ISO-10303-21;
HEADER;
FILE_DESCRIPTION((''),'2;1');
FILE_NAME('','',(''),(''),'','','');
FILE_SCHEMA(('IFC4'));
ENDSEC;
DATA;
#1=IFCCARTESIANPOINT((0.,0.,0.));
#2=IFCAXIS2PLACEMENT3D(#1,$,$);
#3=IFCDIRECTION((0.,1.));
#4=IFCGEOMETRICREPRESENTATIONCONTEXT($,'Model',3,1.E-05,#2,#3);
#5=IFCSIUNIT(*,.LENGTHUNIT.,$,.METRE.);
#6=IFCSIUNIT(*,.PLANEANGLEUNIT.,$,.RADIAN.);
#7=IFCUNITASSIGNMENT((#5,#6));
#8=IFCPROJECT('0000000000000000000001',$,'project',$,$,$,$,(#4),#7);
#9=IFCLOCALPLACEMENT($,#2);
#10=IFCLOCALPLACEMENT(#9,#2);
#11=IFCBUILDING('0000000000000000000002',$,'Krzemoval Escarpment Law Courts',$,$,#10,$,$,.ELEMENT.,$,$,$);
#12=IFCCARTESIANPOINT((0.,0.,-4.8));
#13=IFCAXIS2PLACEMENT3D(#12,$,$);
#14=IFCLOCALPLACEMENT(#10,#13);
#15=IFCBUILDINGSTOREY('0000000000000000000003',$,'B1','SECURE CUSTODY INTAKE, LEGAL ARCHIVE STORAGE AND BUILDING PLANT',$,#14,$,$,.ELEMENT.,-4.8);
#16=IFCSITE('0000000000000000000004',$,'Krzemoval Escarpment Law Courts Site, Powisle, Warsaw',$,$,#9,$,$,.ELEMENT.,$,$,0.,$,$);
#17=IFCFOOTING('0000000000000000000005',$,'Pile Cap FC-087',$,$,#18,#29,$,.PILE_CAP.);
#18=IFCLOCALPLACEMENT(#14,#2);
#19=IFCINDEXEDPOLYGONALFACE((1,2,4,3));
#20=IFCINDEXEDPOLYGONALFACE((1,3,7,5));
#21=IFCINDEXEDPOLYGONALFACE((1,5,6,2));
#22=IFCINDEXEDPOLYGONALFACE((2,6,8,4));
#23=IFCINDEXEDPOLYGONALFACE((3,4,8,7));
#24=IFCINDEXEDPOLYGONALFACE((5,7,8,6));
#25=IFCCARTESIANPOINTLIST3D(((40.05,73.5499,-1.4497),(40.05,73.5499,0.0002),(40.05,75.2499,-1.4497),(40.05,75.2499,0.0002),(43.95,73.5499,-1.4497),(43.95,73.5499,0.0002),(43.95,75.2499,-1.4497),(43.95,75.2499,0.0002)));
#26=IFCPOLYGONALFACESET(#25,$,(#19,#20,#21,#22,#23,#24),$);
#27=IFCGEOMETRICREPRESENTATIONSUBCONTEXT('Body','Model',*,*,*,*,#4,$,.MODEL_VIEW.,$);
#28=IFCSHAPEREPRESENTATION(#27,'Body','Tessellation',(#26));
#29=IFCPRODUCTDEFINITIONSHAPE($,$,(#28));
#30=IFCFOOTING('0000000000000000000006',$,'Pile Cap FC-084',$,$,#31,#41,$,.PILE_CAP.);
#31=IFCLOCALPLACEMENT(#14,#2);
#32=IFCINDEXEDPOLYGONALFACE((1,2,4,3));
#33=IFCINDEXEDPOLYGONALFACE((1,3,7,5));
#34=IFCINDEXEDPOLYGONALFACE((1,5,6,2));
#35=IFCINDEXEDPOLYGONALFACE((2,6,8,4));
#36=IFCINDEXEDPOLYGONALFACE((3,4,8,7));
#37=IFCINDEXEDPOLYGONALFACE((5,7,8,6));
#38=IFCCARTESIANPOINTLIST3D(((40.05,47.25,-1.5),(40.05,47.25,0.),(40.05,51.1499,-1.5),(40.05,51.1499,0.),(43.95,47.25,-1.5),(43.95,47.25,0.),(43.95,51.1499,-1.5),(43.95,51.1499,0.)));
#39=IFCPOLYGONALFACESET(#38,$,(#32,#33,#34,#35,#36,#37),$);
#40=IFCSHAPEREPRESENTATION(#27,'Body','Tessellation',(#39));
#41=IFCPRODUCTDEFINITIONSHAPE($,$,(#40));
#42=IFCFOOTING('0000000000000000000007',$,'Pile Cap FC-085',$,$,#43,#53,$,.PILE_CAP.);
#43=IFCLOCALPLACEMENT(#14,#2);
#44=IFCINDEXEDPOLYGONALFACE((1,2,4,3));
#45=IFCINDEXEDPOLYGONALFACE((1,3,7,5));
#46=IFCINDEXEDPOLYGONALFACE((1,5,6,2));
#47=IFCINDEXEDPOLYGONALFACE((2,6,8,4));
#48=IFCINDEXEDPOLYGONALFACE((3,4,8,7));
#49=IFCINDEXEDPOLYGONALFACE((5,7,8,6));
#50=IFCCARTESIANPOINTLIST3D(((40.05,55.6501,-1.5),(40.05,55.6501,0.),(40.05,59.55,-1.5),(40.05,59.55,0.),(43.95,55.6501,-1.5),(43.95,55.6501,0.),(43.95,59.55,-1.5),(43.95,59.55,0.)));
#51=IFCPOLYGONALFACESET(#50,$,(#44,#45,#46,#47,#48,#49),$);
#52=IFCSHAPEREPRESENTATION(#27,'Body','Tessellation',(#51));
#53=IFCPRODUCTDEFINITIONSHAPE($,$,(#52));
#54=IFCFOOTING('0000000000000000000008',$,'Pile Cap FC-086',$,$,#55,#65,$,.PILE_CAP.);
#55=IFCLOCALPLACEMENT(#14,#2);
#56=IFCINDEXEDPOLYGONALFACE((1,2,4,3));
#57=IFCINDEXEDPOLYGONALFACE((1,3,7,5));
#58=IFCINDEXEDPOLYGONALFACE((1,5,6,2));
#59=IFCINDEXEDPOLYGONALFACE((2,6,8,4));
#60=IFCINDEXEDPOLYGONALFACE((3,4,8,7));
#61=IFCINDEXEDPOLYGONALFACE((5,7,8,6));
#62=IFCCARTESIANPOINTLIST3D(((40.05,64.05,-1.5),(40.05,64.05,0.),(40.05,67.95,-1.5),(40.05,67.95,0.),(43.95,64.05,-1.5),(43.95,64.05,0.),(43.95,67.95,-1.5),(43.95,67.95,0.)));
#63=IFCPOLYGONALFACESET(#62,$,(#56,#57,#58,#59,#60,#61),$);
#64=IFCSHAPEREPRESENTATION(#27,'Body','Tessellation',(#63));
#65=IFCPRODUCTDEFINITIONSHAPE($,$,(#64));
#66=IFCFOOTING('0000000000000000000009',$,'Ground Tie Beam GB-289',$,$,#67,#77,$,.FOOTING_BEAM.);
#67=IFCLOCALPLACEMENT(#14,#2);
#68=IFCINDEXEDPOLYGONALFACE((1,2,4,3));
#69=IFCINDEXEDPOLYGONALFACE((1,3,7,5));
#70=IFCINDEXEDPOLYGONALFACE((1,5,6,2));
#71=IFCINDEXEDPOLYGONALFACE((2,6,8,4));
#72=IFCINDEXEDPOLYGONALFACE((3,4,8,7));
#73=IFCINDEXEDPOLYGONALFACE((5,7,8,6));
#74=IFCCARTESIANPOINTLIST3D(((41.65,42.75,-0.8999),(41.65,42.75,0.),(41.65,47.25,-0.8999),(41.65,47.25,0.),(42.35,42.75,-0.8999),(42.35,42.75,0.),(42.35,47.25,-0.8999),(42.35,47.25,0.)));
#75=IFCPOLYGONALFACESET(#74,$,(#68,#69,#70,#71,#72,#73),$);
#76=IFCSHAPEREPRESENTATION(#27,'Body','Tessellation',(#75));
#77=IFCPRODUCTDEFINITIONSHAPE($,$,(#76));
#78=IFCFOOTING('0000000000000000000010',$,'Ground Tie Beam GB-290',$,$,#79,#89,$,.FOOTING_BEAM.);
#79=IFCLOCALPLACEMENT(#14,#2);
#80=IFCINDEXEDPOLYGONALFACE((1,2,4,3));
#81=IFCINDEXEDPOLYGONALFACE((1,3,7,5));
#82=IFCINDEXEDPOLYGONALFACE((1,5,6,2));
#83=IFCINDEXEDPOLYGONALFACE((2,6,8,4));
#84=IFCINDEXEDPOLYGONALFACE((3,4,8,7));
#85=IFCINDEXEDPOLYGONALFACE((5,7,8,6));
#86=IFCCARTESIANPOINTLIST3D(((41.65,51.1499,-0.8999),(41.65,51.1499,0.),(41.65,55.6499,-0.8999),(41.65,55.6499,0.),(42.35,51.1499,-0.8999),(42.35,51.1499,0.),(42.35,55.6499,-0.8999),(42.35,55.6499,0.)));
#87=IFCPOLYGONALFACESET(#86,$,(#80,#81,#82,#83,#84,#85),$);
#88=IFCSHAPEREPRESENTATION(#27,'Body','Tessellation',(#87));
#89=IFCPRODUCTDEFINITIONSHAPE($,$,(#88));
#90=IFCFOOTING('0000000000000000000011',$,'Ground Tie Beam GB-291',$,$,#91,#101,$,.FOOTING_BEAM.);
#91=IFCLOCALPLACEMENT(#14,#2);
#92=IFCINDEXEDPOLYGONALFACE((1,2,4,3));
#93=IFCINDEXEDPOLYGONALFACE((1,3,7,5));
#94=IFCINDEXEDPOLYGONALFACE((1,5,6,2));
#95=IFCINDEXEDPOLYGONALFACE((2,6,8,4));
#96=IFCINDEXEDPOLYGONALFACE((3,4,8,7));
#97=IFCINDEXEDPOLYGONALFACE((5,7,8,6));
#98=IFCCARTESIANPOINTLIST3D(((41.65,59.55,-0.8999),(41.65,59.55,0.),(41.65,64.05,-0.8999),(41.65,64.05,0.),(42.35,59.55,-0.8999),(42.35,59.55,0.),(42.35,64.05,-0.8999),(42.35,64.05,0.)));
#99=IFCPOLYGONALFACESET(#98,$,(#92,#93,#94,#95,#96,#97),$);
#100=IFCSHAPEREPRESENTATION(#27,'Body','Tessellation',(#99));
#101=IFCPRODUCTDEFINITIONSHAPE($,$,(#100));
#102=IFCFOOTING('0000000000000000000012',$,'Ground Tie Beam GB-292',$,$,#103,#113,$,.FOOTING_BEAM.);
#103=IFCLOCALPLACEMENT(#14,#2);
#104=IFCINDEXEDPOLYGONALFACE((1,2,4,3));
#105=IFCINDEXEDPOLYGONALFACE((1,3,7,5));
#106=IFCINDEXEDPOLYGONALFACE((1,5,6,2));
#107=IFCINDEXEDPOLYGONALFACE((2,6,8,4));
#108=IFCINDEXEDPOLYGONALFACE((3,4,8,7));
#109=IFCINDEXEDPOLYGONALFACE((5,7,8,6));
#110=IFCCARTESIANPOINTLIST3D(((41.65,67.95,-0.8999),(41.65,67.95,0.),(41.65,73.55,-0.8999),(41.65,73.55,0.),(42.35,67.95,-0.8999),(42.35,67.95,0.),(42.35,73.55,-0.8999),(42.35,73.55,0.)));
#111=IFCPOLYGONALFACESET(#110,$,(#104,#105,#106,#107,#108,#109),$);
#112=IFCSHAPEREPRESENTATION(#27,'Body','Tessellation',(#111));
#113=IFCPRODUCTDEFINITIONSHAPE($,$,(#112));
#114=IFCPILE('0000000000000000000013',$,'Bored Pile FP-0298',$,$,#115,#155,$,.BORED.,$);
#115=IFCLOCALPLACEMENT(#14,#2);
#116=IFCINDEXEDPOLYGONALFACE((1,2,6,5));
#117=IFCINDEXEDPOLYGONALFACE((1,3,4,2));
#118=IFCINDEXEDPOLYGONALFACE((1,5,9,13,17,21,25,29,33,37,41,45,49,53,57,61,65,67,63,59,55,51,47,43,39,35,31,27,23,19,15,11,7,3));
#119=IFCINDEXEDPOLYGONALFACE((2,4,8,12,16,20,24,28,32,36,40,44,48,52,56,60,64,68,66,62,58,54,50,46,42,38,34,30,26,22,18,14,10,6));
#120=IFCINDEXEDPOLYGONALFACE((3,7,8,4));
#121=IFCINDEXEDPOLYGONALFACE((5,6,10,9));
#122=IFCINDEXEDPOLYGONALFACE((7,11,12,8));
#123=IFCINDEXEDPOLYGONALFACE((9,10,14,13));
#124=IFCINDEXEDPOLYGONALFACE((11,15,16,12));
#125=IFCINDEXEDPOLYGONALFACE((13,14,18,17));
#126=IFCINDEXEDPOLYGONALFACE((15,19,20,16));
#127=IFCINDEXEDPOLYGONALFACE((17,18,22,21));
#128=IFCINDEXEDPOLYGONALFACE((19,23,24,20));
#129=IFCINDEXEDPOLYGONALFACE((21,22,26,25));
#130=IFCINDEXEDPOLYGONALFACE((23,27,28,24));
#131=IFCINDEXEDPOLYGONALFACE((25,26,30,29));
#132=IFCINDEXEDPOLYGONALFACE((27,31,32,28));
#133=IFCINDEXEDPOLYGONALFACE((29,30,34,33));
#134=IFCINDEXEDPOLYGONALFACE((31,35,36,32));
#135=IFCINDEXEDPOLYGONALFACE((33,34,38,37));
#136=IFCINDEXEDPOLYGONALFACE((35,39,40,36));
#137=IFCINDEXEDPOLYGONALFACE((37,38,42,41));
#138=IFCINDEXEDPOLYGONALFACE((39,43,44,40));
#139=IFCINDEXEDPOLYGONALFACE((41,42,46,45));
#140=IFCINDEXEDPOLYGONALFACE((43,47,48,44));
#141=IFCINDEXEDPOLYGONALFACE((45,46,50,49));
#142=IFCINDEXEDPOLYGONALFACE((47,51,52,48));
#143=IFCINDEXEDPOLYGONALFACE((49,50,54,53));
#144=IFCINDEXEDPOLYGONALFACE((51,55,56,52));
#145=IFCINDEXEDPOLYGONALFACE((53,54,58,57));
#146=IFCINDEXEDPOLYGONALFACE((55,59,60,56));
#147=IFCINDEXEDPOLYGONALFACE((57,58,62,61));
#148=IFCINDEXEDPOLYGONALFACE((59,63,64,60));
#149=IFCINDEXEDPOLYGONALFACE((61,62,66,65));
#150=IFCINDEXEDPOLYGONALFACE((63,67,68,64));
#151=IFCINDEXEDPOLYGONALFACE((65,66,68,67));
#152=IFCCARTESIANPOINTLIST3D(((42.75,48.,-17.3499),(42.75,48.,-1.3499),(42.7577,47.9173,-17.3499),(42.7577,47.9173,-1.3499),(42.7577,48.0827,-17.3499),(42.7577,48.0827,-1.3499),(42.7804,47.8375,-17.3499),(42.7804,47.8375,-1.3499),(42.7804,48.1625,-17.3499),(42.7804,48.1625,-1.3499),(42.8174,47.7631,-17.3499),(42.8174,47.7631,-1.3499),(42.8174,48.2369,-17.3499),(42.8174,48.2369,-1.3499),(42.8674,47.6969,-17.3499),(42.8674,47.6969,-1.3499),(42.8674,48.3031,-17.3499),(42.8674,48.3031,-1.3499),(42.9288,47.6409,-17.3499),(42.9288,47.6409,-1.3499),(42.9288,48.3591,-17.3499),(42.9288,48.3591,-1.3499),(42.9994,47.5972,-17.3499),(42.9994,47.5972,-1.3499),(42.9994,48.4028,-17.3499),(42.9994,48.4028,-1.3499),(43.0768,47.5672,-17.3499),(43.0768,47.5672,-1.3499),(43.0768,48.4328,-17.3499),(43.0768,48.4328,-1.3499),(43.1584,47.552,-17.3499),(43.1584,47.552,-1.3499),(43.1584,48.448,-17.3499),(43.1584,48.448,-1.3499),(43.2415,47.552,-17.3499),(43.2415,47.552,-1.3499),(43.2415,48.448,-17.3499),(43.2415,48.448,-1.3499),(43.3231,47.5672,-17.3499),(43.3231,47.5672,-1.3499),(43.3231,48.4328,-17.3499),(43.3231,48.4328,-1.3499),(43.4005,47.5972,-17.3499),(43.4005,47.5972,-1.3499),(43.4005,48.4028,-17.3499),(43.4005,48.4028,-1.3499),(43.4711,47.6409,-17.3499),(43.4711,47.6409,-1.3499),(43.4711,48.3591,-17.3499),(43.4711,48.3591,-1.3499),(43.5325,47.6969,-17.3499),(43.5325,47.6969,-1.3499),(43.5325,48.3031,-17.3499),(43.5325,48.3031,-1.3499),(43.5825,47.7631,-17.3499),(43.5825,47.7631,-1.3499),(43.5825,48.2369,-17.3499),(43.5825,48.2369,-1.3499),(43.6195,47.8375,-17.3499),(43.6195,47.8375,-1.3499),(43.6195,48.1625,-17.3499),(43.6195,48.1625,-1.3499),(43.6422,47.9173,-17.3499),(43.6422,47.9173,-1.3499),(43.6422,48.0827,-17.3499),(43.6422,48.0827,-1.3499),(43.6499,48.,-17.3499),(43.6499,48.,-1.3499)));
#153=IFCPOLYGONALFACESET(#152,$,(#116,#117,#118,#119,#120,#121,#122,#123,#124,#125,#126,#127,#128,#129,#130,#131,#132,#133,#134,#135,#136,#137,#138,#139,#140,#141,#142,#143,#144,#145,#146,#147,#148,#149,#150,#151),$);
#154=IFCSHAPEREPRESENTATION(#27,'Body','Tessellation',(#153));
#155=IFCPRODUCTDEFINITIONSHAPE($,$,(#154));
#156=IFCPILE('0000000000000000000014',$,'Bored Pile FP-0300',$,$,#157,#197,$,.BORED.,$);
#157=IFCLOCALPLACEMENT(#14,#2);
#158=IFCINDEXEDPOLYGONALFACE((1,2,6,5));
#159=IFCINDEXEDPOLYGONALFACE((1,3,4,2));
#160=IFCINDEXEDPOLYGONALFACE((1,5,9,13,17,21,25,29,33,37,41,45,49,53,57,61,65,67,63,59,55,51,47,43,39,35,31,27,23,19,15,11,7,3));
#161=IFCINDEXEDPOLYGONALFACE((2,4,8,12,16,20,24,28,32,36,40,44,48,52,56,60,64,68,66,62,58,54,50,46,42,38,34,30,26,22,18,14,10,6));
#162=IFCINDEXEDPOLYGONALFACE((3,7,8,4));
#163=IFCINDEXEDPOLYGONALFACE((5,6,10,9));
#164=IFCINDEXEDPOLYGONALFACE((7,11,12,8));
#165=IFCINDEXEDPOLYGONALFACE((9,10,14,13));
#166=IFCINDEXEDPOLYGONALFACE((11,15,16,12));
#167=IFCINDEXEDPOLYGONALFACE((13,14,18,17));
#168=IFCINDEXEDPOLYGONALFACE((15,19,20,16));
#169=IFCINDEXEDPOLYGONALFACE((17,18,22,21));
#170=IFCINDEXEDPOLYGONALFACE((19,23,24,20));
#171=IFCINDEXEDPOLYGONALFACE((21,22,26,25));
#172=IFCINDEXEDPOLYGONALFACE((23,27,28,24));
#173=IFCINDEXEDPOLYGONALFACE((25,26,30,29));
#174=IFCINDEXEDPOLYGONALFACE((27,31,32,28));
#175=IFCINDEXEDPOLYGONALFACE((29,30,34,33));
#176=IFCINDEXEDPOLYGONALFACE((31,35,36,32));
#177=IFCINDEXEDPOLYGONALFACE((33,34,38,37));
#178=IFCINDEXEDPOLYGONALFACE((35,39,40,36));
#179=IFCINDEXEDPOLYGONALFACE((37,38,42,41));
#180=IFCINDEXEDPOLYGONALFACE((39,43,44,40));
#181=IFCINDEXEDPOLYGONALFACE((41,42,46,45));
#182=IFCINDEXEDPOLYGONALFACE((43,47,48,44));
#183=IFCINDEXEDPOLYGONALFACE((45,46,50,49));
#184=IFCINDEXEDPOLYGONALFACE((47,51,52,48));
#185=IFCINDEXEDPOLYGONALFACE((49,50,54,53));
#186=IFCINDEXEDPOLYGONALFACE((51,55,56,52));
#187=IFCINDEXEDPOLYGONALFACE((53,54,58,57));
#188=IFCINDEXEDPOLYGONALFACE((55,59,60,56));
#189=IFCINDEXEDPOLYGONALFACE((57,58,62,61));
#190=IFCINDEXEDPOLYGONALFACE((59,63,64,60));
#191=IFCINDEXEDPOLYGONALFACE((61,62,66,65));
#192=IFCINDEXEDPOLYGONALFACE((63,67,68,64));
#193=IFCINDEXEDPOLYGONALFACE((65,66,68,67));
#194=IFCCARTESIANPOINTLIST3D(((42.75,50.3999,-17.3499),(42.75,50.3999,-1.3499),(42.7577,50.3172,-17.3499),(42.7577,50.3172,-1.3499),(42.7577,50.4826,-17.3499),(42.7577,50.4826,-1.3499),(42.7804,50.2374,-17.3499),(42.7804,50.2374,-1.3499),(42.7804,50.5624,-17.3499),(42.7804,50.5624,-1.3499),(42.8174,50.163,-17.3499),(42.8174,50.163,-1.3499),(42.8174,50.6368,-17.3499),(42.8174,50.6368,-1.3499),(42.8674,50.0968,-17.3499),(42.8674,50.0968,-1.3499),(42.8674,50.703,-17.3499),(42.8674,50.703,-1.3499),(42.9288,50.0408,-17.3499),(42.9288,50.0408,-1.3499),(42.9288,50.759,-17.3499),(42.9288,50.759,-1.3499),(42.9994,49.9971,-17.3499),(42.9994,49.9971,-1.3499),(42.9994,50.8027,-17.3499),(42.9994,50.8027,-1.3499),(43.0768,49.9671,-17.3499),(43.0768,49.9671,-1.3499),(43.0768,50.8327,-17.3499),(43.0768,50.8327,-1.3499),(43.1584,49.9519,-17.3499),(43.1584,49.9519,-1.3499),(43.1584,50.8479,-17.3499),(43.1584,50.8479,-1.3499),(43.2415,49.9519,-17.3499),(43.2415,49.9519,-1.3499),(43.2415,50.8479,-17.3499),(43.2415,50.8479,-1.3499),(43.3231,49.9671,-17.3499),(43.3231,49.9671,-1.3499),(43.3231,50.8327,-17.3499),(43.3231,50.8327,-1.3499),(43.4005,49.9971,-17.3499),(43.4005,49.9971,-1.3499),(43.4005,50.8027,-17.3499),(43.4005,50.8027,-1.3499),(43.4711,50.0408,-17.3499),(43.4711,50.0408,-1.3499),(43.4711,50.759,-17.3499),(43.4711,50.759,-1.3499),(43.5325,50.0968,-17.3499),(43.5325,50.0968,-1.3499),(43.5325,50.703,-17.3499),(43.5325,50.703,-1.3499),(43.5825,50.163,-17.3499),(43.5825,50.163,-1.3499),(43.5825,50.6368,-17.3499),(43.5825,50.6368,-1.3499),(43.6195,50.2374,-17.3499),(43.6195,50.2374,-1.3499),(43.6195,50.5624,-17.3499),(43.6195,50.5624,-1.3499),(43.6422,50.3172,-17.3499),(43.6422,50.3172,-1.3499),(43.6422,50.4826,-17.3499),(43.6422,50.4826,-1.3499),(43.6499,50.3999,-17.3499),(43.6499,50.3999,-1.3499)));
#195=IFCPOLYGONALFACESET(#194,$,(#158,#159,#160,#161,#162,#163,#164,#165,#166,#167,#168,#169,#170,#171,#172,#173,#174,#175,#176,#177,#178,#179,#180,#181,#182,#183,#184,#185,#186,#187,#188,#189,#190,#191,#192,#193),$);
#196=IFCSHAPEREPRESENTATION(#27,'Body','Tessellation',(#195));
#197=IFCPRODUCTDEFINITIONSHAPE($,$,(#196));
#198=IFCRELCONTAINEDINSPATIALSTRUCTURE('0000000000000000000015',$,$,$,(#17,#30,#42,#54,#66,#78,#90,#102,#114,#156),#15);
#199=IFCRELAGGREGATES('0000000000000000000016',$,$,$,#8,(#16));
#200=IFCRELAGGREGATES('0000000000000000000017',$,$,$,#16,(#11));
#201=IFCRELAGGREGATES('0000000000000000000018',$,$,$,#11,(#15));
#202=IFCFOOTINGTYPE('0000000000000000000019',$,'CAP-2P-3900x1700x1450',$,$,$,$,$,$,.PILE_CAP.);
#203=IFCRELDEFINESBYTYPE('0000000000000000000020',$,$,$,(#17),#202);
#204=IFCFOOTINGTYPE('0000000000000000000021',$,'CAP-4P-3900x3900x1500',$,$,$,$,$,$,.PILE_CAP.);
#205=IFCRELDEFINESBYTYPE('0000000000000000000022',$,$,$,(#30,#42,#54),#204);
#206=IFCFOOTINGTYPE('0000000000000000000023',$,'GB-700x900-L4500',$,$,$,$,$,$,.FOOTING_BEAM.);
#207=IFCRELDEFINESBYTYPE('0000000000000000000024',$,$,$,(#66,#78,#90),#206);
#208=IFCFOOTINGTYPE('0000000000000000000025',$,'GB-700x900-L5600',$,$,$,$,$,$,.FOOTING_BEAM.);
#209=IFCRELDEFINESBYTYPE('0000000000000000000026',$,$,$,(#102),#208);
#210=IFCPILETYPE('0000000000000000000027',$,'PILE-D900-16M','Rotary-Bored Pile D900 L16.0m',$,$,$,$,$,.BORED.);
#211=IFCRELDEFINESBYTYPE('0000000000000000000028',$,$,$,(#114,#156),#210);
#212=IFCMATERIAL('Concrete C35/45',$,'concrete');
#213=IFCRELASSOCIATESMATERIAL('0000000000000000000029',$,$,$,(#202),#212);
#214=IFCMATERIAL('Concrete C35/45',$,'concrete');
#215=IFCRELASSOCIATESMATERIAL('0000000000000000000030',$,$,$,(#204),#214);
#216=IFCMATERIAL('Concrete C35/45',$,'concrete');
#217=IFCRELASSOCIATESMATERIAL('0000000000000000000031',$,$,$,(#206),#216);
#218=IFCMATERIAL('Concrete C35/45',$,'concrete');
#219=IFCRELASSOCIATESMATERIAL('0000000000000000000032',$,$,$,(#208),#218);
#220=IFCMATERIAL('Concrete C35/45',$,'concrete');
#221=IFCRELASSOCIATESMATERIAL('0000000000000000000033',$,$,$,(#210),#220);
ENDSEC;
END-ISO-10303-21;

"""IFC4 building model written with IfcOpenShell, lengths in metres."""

from ifc_helpers import new_model, si_unit, direction, frame, origin, origin_2d, place, context, subcontext, project, spatial, rectangle, circle, extrude, material, material_profile, profile_set, type_object, element, save


model = new_model("IFC4")

# Units and contexts
model_context = context("Model", 3, precision=1e-05, world=origin(), true_north=direction((0.0, 1.0)))
body_context = subcontext(model_context, "Body", "Model", "MODEL_VIEW")
ifc_project = project(units=[si_unit("LENGTHUNIT", "METRE"), si_unit("PLANEANGLEUNIT", "RADIAN")], contexts=[model_context])

# Site, building, storey
site_placement = place(None, origin())
site = spatial("IfcSite", under=ifc_project, at=site_placement, Name="Krzemoval Escarpment Law Courts Site, Powisle, Warsaw", CompositionType="ELEMENT", RefElevation=0.0)
building_placement = place(site_placement, origin())
building = spatial("IfcBuilding", under=site, at=building_placement, Name="Krzemoval Escarpment Law Courts", CompositionType="ELEMENT")
storey_placement = place(building_placement, frame((0.0, 0.0, -4.8)))
storey = spatial("IfcBuildingStorey", under=building, at=storey_placement, Name="B1", Description="SECURE CUSTODY INTAKE, LEGAL ARCHIVE STORAGE AND BUILDING PLANT", CompositionType="ELEMENT", Elevation=-4.8)

# Footings
ifc_material_1 = material(Name="Concrete C35/45", Category="concrete")
footing_type_1 = type_object("IfcFootingType", Name="CAP-2P-3900x1700x1450", PredefinedType="PILE_CAP", material=ifc_material_1)
footing_1_placement = place(storey_placement, frame((42.0, 74.3999, -1.4497), z_axis=(0.0, 0.0, 1.0), x_axis=(1.0, 0.0, 0.0)))
element("IfcFooting", 1, at=footing_1_placement, inside=storey, type_object=footing_type_1, Name="Pile Cap FC-087", PredefinedType="PILE_CAP", context=body_context, shape_type="SweptSolid", body=[
    extrude(rectangle(XDim=3.8999, YDim=1.7, at=origin_2d()), origin(), (0.0, 0.0, 1.0), 1.45),
])
ifc_material_2 = material(Name="Concrete C35/45", Category="concrete")
footing_type_2 = type_object("IfcFootingType", Name="CAP-4P-3900x3900x1500", PredefinedType="PILE_CAP", material=ifc_material_2)
for number, where, z_axis, x_axis, name in (
    (2, (42.0, 49.2, -1.5), (0.0, 0.0, 1.0), (1.0, 0.0, 0.0), "Pile Cap FC-084"),
    (3, (42.0, 57.6001, -1.5), (0.0, 0.0, 1.0), (1.0, 0.0, 0.0), "Pile Cap FC-085"),
    (4, (42.0, 66.0, -1.5), (0.0, 0.0, 1.0), (1.0, 0.0, 0.0), "Pile Cap FC-086"),
):
    element("IfcFooting", number, at=place(storey_placement, frame(where, z_axis=z_axis, x_axis=x_axis)), inside=storey, type_object=footing_type_2, Name=name, PredefinedType="PILE_CAP", context=body_context, shape_type="SweptSolid", body=[
        extrude(rectangle(XDim=3.8999, YDim=3.8999, at=origin_2d()), origin(), (0.0, 0.0, 1.0), 1.5),
    ])
ifc_material_3 = material(Name="Concrete C35/45", Category="concrete")
footing_type_3 = type_object("IfcFootingType", Name="GB-700x900-L4500", PredefinedType="FOOTING_BEAM", material=ifc_material_3)
for number, where, z_axis, x_axis, name in (
    (5, (42.0, 45.0, -0.8999), (0.0, 0.0, 1.0), (0.0, 1.0, 0.0), "Ground Tie Beam GB-289"),
    (6, (42.0, 53.3999, -0.8999), (0.0, 0.0, 1.0), (0.0, 1.0, 0.0), "Ground Tie Beam GB-290"),
    (7, (42.0, 61.8, -0.8999), (0.0, 0.0, 1.0), (0.0, 1.0, 0.0), "Ground Tie Beam GB-291"),
):
    element("IfcFooting", number, at=place(storey_placement, frame(where, z_axis=z_axis, x_axis=x_axis)), inside=storey, type_object=footing_type_3, Name=name, PredefinedType="FOOTING_BEAM", context=body_context, shape_type="SweptSolid", body=[
        extrude(rectangle(XDim=4.5, YDim=0.7, at=origin_2d()), origin(), (0.0, 0.0, 1.0), 0.8999),
    ])
ifc_material_4 = material(Name="Concrete C35/45", Category="concrete")
footing_type_4 = type_object("IfcFootingType", Name="GB-700x900-L5600", PredefinedType="FOOTING_BEAM", material=ifc_material_4)
footing_2_placement = place(storey_placement, frame((42.0, 70.75, -0.8999), z_axis=(0.0, 0.0, 1.0), x_axis=(0.0, 1.0, 0.0)))
element("IfcFooting", 8, at=footing_2_placement, inside=storey, type_object=footing_type_4, Name="Ground Tie Beam GB-292", PredefinedType="FOOTING_BEAM", context=body_context, shape_type="SweptSolid", body=[
    extrude(rectangle(XDim=5.6001, YDim=0.7, at=origin_2d()), origin(), (0.0, 0.0, 1.0), 0.8999),
])

# Piles
ifc_material_5 = material(Name="Concrete C35/45", Category="concrete")
ifc_material_profile_1 = material_profile(ifc_material_5, circle(Radius=0.45, at=origin_2d()), Name="PILE D900")
ifc_profile_set_1 = profile_set([ifc_material_profile_1], Name="Concrete C35/45")
pile_type = type_object("IfcPileType", Name="PILE-D900-16M", Description="Rotary-Bored Pile D900 L16.0m", PredefinedType="BORED", material=ifc_profile_set_1)
for number, where, z_axis, x_axis, name in (
    (9, (43.2, 48.0, -1.3499), (0.0, 0.0, -1.0), (1.0, 0.0, 0.0), "Bored Pile FP-0298"),
    (10, (43.2, 50.3999, -1.3499), (0.0, 0.0, -1.0), (1.0, 0.0, 0.0), "Bored Pile FP-0300"),
):
    element("IfcPile", number, at=place(storey_placement, frame(where, z_axis=z_axis, x_axis=x_axis)), inside=storey, type_object=pile_type, Name=name, PredefinedType="BORED", context=body_context, shape_type="SweptSolid", body=[
        extrude(circle(Radius=0.45, at=origin_2d()), origin(), (0.0, 0.0, 1.0), 16.0),
    ])

save(model, "model.ifc")
